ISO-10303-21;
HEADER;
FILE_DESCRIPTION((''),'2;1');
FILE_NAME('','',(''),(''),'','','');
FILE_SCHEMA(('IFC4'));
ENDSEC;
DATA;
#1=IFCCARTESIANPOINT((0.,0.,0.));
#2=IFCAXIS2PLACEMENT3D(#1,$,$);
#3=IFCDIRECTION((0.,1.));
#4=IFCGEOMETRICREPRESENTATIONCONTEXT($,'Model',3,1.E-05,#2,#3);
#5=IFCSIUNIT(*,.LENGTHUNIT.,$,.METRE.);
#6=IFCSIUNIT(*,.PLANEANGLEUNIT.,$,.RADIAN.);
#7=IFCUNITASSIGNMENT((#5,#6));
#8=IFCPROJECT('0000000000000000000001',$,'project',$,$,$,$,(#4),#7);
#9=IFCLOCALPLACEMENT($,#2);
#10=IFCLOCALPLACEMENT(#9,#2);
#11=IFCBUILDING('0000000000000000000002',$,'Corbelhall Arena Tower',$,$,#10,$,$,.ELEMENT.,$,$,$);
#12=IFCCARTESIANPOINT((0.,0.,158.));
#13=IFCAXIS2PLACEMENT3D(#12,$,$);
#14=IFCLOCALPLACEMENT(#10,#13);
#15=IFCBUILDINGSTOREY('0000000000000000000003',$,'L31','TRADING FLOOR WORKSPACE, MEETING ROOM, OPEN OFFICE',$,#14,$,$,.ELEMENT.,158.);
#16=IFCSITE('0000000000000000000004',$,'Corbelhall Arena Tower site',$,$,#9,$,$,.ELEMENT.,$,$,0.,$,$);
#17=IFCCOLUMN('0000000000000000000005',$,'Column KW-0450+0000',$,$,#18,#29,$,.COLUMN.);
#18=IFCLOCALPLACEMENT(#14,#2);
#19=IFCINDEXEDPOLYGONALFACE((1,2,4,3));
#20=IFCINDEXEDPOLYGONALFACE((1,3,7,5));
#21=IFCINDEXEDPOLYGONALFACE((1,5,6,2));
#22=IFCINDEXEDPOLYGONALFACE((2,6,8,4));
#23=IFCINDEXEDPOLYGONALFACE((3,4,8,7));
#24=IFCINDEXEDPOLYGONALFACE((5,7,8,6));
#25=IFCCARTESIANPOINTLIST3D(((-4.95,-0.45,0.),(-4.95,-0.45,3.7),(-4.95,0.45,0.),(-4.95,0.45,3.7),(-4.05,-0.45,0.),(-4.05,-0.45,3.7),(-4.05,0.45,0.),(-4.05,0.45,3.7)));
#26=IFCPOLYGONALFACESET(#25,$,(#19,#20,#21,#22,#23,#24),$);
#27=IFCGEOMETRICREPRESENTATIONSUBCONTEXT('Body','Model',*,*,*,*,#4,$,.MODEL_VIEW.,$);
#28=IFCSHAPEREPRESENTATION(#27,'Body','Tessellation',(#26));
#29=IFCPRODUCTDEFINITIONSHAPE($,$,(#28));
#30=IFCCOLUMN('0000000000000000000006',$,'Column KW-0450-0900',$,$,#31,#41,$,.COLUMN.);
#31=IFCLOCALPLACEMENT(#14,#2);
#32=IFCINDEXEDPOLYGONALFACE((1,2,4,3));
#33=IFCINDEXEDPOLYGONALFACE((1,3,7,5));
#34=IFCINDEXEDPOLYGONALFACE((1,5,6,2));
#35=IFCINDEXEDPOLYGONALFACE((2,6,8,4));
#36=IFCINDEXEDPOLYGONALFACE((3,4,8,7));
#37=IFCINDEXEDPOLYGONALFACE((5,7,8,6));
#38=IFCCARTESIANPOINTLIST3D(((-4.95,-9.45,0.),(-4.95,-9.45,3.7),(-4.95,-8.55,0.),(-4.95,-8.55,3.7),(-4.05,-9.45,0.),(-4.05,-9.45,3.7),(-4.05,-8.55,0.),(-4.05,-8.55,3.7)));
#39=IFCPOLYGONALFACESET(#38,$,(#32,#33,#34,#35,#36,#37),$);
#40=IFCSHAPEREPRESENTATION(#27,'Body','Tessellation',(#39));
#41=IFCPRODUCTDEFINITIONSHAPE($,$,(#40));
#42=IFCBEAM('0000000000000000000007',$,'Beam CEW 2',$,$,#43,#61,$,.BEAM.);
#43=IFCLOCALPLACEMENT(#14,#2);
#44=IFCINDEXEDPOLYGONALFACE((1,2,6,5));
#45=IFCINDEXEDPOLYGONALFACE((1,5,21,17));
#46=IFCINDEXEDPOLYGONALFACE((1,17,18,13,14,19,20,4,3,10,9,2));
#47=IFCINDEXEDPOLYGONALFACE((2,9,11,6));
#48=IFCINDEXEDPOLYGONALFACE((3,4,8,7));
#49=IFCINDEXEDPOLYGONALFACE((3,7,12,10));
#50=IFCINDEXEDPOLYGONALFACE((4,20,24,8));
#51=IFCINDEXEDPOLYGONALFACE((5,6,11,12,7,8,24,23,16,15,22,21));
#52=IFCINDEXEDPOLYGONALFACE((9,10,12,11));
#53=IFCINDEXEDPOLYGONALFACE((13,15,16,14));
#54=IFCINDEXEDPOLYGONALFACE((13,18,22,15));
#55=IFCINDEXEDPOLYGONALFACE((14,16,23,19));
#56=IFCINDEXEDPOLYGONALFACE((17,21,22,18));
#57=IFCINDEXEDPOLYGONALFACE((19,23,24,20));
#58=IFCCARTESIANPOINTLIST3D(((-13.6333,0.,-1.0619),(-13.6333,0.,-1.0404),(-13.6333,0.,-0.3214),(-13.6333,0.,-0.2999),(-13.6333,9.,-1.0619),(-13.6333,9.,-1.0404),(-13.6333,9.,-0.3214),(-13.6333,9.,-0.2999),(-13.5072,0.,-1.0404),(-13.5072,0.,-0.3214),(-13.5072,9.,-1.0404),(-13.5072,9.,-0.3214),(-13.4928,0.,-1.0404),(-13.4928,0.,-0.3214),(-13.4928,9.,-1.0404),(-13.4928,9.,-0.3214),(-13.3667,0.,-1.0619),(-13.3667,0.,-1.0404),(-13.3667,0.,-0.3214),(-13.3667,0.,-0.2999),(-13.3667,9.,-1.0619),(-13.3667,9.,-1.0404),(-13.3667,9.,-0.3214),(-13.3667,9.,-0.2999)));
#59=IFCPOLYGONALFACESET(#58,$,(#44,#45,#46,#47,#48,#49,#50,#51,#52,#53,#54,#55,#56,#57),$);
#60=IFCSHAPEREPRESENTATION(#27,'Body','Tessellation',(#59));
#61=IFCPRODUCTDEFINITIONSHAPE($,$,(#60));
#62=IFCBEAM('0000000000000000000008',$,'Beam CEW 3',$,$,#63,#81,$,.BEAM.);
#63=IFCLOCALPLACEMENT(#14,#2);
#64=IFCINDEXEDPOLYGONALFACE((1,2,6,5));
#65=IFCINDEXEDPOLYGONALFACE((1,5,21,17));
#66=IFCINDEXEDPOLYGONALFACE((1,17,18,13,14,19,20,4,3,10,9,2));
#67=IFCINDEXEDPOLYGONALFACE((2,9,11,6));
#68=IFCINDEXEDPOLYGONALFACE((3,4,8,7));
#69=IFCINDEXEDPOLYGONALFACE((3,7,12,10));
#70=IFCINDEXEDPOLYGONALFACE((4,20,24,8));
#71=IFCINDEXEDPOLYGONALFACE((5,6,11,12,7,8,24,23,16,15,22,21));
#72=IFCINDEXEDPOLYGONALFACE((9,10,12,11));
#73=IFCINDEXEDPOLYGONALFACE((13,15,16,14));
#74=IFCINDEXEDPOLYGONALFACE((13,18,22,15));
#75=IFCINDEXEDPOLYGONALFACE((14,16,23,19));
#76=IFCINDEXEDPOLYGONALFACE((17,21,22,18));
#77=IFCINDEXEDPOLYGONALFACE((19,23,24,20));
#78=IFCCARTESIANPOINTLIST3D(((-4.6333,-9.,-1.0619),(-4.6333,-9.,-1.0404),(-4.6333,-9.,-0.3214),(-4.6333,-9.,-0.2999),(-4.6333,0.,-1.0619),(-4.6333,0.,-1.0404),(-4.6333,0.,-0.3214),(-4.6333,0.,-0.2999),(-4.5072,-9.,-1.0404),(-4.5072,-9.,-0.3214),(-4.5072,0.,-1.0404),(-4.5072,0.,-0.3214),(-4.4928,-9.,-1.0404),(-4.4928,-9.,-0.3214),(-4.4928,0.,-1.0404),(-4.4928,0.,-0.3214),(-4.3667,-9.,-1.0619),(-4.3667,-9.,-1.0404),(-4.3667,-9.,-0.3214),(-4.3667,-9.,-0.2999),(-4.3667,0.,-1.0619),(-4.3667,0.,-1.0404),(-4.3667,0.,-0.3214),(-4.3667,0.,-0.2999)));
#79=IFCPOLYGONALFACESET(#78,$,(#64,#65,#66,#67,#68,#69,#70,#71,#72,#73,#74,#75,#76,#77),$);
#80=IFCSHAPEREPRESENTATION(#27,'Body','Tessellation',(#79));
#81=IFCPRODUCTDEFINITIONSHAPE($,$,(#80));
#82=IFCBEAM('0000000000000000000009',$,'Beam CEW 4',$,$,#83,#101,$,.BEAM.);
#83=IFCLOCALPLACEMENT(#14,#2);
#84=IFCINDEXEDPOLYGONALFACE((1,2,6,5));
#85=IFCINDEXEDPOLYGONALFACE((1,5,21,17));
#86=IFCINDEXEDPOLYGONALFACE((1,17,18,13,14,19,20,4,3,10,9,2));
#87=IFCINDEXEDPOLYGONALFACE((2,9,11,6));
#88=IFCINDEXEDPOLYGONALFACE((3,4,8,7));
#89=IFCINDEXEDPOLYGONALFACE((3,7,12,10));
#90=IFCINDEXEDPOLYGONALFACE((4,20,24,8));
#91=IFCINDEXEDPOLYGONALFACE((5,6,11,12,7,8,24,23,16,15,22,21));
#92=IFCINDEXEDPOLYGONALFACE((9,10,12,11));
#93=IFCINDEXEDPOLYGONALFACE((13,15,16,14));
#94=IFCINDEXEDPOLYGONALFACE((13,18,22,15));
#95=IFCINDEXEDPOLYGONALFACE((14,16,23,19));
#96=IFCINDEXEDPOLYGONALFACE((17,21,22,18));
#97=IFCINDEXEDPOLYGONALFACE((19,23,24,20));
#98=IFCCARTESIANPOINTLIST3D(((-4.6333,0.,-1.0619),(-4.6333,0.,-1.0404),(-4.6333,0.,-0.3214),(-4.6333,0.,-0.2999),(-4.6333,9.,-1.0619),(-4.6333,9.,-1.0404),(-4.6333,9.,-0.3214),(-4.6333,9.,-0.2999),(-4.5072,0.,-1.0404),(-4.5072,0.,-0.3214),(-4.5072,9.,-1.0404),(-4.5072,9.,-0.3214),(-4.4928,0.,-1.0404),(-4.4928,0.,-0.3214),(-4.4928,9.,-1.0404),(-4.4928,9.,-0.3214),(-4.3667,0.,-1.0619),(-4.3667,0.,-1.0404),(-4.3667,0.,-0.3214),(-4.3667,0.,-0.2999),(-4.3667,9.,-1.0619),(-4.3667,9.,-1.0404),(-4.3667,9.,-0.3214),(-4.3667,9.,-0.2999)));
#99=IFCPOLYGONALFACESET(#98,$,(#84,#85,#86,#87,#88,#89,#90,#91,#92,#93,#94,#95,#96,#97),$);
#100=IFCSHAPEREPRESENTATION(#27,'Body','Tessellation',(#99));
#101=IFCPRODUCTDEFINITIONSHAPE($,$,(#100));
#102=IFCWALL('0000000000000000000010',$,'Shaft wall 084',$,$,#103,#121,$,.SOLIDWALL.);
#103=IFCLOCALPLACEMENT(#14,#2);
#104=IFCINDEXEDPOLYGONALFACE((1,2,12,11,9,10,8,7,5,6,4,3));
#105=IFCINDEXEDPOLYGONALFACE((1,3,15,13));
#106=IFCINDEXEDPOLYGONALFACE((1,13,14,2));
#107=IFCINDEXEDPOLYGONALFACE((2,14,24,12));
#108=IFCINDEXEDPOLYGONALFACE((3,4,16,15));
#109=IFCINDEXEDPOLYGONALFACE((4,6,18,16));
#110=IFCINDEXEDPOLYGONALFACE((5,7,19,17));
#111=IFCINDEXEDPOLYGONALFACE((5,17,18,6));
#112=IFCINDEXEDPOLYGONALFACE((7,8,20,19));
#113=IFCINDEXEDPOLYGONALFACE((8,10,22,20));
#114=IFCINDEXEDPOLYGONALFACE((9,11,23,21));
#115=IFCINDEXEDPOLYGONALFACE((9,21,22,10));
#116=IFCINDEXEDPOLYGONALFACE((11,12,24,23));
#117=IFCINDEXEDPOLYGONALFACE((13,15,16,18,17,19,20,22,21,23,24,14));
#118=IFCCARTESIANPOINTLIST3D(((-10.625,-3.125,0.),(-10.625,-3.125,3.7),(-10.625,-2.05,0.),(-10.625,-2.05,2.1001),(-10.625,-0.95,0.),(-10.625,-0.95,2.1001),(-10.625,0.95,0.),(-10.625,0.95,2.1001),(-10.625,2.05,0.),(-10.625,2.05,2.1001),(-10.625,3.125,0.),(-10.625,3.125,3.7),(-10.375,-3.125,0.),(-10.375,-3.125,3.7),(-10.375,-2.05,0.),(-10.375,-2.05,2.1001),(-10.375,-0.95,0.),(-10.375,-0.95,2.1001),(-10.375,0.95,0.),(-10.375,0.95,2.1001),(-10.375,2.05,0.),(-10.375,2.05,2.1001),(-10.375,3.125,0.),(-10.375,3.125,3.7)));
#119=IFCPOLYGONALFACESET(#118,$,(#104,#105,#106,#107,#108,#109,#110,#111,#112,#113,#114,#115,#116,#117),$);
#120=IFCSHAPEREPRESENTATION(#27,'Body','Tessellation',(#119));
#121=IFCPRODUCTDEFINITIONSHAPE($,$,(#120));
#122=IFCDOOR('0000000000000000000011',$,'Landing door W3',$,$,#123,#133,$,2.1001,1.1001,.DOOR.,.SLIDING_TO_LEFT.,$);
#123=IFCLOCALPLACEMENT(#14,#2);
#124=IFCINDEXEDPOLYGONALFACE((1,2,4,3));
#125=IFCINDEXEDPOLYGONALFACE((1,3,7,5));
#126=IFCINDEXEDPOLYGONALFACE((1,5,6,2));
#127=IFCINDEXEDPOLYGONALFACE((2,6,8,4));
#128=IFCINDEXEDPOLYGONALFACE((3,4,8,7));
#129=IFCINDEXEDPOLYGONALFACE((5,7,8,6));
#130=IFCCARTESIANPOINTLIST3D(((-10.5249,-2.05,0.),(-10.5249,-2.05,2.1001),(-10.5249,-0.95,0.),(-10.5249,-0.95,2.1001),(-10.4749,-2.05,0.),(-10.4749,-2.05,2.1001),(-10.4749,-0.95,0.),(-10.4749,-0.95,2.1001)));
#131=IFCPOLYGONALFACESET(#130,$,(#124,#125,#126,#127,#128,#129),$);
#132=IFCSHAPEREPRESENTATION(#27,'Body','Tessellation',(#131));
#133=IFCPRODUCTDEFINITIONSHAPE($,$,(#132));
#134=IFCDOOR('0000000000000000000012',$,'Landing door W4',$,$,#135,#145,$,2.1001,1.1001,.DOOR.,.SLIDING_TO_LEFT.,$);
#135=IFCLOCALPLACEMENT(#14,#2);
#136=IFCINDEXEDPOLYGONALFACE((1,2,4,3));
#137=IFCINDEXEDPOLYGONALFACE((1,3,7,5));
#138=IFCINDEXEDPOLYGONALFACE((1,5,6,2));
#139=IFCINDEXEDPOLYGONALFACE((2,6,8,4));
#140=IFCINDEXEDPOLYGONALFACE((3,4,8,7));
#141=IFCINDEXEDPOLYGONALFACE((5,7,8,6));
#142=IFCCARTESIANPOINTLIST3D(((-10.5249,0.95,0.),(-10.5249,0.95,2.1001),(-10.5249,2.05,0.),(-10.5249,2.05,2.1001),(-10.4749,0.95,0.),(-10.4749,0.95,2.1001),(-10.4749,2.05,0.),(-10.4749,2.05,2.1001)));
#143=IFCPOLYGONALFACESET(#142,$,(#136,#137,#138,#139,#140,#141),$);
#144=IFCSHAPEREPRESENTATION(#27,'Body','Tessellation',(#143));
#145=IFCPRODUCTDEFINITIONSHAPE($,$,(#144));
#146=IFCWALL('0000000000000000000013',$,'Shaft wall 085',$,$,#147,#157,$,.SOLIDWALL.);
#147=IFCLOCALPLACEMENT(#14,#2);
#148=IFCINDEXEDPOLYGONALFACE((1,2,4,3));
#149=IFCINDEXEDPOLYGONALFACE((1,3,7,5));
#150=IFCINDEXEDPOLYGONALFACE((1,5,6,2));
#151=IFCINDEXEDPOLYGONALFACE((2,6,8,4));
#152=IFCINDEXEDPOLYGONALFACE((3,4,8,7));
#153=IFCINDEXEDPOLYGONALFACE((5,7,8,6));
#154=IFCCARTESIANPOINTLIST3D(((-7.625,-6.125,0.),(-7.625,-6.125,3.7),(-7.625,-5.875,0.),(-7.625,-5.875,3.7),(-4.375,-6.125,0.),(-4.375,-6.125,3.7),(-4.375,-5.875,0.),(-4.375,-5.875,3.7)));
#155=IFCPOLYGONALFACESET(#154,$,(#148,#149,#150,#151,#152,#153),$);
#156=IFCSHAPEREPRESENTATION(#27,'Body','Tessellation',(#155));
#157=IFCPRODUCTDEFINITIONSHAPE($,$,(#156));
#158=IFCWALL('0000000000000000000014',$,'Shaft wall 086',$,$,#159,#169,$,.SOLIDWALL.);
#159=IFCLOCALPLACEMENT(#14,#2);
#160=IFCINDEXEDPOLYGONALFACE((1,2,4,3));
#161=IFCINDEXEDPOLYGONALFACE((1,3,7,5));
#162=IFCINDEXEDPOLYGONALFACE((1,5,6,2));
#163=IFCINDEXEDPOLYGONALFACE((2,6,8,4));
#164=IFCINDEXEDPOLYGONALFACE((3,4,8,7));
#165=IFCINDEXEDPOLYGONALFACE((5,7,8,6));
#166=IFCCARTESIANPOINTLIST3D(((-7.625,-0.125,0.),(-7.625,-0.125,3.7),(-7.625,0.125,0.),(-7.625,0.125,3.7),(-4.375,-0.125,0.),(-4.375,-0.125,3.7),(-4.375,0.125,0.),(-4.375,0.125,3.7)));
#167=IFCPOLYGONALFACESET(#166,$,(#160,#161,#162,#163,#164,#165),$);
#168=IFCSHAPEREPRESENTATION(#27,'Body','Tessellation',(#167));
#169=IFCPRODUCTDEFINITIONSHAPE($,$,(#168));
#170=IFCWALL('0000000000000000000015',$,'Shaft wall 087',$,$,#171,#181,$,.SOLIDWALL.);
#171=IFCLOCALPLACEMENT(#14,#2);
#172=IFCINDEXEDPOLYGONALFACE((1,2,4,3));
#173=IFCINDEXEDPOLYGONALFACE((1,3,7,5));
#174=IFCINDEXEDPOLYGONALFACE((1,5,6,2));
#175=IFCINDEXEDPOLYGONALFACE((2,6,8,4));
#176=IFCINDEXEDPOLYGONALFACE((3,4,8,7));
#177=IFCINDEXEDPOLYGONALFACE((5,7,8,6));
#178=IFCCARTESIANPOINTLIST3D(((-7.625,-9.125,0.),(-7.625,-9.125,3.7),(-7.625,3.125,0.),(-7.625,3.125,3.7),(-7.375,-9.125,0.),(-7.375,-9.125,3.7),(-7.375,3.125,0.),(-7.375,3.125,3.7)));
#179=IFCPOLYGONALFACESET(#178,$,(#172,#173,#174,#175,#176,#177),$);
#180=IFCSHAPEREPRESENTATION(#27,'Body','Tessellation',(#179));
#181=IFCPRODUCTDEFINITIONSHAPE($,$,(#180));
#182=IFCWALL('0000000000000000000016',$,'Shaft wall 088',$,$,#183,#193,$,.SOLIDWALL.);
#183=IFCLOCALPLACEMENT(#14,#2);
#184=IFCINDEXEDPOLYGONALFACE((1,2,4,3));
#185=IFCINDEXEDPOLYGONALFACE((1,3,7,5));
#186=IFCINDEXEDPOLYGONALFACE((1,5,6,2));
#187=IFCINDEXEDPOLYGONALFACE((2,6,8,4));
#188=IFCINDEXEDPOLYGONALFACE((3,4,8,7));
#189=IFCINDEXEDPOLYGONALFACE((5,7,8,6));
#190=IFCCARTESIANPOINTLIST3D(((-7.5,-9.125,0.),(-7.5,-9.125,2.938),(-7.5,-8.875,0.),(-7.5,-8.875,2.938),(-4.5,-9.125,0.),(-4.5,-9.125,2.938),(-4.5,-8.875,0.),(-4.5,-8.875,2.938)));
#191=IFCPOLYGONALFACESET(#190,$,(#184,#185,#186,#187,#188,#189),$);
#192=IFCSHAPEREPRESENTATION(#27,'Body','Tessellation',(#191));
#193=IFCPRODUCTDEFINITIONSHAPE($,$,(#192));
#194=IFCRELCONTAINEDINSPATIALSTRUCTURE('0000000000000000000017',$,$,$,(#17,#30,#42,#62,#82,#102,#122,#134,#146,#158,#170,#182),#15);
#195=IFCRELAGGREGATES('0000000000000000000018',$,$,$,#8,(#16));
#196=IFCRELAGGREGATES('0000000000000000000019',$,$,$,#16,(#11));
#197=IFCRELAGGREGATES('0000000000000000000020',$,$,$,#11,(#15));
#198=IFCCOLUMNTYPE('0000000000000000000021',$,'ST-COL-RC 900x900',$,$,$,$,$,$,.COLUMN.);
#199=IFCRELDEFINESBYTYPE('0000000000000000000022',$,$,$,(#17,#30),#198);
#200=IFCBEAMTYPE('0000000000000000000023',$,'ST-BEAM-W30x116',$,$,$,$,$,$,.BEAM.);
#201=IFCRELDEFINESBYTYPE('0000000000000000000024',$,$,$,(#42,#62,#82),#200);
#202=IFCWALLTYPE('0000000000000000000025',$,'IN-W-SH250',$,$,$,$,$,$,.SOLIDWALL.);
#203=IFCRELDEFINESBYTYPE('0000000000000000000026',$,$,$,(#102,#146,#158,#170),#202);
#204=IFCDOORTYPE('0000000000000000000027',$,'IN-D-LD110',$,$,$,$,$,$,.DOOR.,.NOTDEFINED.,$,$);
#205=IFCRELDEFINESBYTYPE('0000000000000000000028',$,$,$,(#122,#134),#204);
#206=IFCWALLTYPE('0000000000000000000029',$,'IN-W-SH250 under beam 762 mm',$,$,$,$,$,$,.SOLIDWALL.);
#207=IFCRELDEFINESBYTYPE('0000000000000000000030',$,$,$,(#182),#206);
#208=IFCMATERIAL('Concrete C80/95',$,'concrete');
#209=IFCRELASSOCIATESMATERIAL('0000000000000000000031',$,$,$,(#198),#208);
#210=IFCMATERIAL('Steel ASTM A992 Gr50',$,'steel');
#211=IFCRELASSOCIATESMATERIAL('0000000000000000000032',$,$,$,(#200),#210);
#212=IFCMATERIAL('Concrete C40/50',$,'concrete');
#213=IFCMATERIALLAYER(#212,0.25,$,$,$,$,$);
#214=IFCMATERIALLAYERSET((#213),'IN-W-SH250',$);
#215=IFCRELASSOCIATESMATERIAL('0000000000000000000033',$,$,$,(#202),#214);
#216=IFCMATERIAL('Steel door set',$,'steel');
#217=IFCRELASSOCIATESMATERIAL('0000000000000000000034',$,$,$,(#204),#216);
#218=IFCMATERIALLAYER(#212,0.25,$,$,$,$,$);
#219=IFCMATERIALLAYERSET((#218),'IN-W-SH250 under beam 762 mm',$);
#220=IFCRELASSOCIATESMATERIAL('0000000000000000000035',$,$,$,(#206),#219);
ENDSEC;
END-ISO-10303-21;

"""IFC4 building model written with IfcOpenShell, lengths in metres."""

from ifc_helpers import new_model, si_unit, direction, frame, frame_2d, origin, origin_2d, place, context, subcontext, project, spatial, rectangle, i_section, extrude, material, layer, layer_set, material_profile, profile_set, type_object, element, fill, save


model = new_model("IFC4")

# Units and contexts
model_context = context("Model", 3, precision=1e-05, world=origin(), true_north=direction((0.0, 1.0)))
body_context = subcontext(model_context, "Body", "Model", "MODEL_VIEW")
ifc_project = project(units=[si_unit("LENGTHUNIT", "METRE"), si_unit("PLANEANGLEUNIT", "RADIAN")], contexts=[model_context])

# Site, building, storey
site_placement = place(None, origin())
site = spatial("IfcSite", under=ifc_project, at=site_placement, Name="Corbelhall Arena Tower site", CompositionType="ELEMENT", RefElevation=0.0)
building_placement = place(site_placement, origin())
building = spatial("IfcBuilding", under=site, at=building_placement, Name="Corbelhall Arena Tower", CompositionType="ELEMENT")
storey_placement = place(building_placement, frame((0.0, 0.0, 158.0)))
storey = spatial("IfcBuildingStorey", under=building, at=storey_placement, Name="L31", Description="TRADING FLOOR WORKSPACE, MEETING ROOM, OPEN OFFICE", CompositionType="ELEMENT", Elevation=158.0)

# Columns
ifc_material_1 = material(Name="Concrete C80/95", Category="concrete")
ifc_material_profile_1 = material_profile(ifc_material_1, rectangle(XDim=0.8999, YDim=0.8999, at=origin_2d()))
ifc_profile_set_1 = profile_set([ifc_material_profile_1], Name="Concrete C80/95")
column_type = type_object("IfcColumnType", Name="ST-COL-RC 900x900", PredefinedType="COLUMN", material=ifc_profile_set_1)
for number, where, z_axis, x_axis, name in (
    (1, (-4.5, 0.0, 0.0), (0.0, 0.0, 1.0), (1.0, 0.0, 0.0), "Column KW-0450+0000"),
    (2, (-4.5, -9.0, 0.0), (0.0, 0.0, 1.0), (1.0, 0.0, 0.0), "Column KW-0450-0900"),
):
    element("IfcColumn", number, at=place(storey_placement, frame(where, z_axis=z_axis, x_axis=x_axis)), inside=storey, type_object=column_type, Name=name, PredefinedType="COLUMN", context=body_context, shape_type="SweptSolid", body=[
        extrude(rectangle(XDim=0.8999, YDim=0.8999, at=origin_2d()), origin(), (0.0, 0.0, 1.0), 3.7),
    ])

# Beams
ifc_material_2 = material(Name="Steel ASTM A992 Gr50", Category="steel")
ifc_material_profile_2 = material_profile(ifc_material_2, i_section(OverallWidth=0.2666, OverallDepth=0.762, WebThickness=0.0144, FlangeThickness=0.0215, at=origin_2d()))
ifc_profile_set_2 = profile_set([ifc_material_profile_2], Name="Steel ASTM A992 Gr50")
beam_type = type_object("IfcBeamType", Name="ST-BEAM-W30x116", PredefinedType="BEAM", material=ifc_profile_set_2)
for number, where, z_axis, x_axis, name in (
    (3, (-13.5, 0.0, -0.6809), (0.0, 1.0, 0.0), (-1.0, 0.0, 0.0), "Beam CEW 2"),
    (4, (-4.5, -9.0, -0.6809), (0.0, 1.0, 0.0), (-1.0, 0.0, 0.0), "Beam CEW 3"),
    (5, (-4.5, 0.0, -0.6809), (0.0, 1.0, 0.0), (-1.0, 0.0, 0.0), "Beam CEW 4"),
):
    element("IfcBeam", number, at=place(storey_placement, frame(where, z_axis=z_axis, x_axis=x_axis)), inside=storey, type_object=beam_type, Name=name, PredefinedType="BEAM", context=body_context, shape_type="SweptSolid", body=[
        extrude(i_section(OverallWidth=0.2666, OverallDepth=0.762, WebThickness=0.0144, FlangeThickness=0.0215, at=origin_2d()), origin(), (0.0, 0.0, 1.0), 9.0),
    ])

# Wall, openings, doors
ifc_material_3 = material(Name="Concrete C40/50", Category="concrete")
ifc_layer_1 = layer(ifc_material_3, 0.25)
ifc_layer_set_1 = layer_set([ifc_layer_1], Name="IN-W-SH250")
wall_type_1 = type_object("IfcWallType", Name="IN-W-SH250", PredefinedType="SOLIDWALL", material=ifc_layer_set_1)
wall_1_placement = place(storey_placement, frame((-10.5, -3.125, 0.0), z_axis=(0.0, 0.0, 1.0), x_axis=(0.0, 1.0, 0.0)))
wall_1 = element("IfcWall", 6, at=wall_1_placement, inside=storey, type_object=wall_type_1, Name="Shaft wall 084", PredefinedType="SOLIDWALL", context=body_context, shape_type="SweptSolid", body=[
    extrude(rectangle(XDim=6.25, YDim=0.25, at=frame_2d((3.125, 0.0))), origin(), (0.0, 0.0, 1.0), 3.7),
])
opening_1_placement = place(wall_1_placement, frame((1.075, 0.0, 0.0)))
opening_1 = element("IfcOpeningElement", 7, at=opening_1_placement, cuts=wall_1, PredefinedType="OPENING", context=body_context, shape_type="SweptSolid", body=[
    extrude(rectangle(XDim=1.1001, YDim=2.1001, at=frame_2d((0.55, 1.05))), frame((0.0, 0.125, 0.0), z_axis=(0.0, -1.0, 0.0), x_axis=(1.0, 0.0, 0.0)), (0.0, 0.0, 1.0), 0.25),
])
opening_2_placement = place(wall_1_placement, frame((4.075, 0.0, 0.0)))
opening_2 = element("IfcOpeningElement", 8, at=opening_2_placement, cuts=wall_1, PredefinedType="OPENING", context=body_context, shape_type="SweptSolid", body=[
    extrude(rectangle(XDim=1.1001, YDim=2.1001, at=frame_2d((0.55, 1.05))), frame((0.0, 0.125, 0.0), z_axis=(0.0, -1.0, 0.0), x_axis=(1.0, 0.0, 0.0)), (0.0, 0.0, 1.0), 0.25),
])
ifc_material_4 = material(Name="Steel door set", Category="steel")
door_type_1 = type_object("IfcDoorType", Name="IN-D-LD110", OperationType="NOTDEFINED", PredefinedType="DOOR", material=ifc_material_4)
door_1_placement = place(opening_1_placement, origin())
door_1 = element("IfcDoor", 9, at=door_1_placement, inside=storey, type_object=door_type_1, Name="Landing door W3", OperationType="SLIDING_TO_LEFT", OverallHeight=2.1001, OverallWidth=1.1001, PredefinedType="DOOR", context=body_context, shape_type="SweptSolid", body=[
    extrude(rectangle(XDim=1.1001, YDim=2.1001, at=frame_2d((0.55, 1.05))), frame((0.0, 0.0249, 0.0), z_axis=(0.0, -1.0, 0.0), x_axis=(1.0, 0.0, 0.0)), (0.0, 0.0, 1.0), 0.05),
])
fill(opening_1, door_1)
door_2_placement = place(opening_2_placement, origin())
door_2 = element("IfcDoor", 10, at=door_2_placement, inside=storey, type_object=door_type_1, Name="Landing door W4", OperationType="SLIDING_TO_LEFT", OverallHeight=2.1001, OverallWidth=1.1001, PredefinedType="DOOR", context=body_context, shape_type="SweptSolid", body=[
    extrude(rectangle(XDim=1.1001, YDim=2.1001, at=frame_2d((0.55, 1.05))), frame((0.0, 0.0249, 0.0), z_axis=(0.0, -1.0, 0.0), x_axis=(1.0, 0.0, 0.0)), (0.0, 0.0, 1.0), 0.05),
])
fill(opening_2, door_2)

# Walls
for number, where, z_axis, x_axis, name in (
    (11, (-7.625, -6.0, 0.0), (0.0, 0.0, 1.0), (1.0, 0.0, 0.0), "Shaft wall 085"),
    (12, (-7.625, 0.0, 0.0), (0.0, 0.0, 1.0), (1.0, 0.0, 0.0), "Shaft wall 086"),
):
    element("IfcWall", number, at=place(storey_placement, frame(where, z_axis=z_axis, x_axis=x_axis)), inside=storey, type_object=wall_type_1, Name=name, PredefinedType="SOLIDWALL", context=body_context, shape_type="SweptSolid", body=[
        extrude(rectangle(XDim=3.25, YDim=0.25, at=frame_2d((1.625, 0.0))), origin(), (0.0, 0.0, 1.0), 3.7),
    ])
wall_2_placement = place(storey_placement, frame((-7.5, -9.125, 0.0), z_axis=(0.0, 0.0, 1.0), x_axis=(0.0, 1.0, 0.0)))
element("IfcWall", 13, at=wall_2_placement, inside=storey, type_object=wall_type_1, Name="Shaft wall 087", PredefinedType="SOLIDWALL", context=body_context, shape_type="SweptSolid", body=[
    extrude(rectangle(XDim=12.25, YDim=0.25, at=frame_2d((6.125, 0.0))), origin(), (0.0, 0.0, 1.0), 3.7),
])
ifc_layer_2 = layer(ifc_material_3, 0.25)
ifc_layer_set_2 = layer_set([ifc_layer_2], Name="IN-W-SH250 under beam 762 mm")
wall_type_2 = type_object("IfcWallType", Name="IN-W-SH250 under beam 762 mm", PredefinedType="SOLIDWALL", material=ifc_layer_set_2)
wall_3_placement = place(storey_placement, frame((-4.5, -9.0, 0.0), z_axis=(0.0, 0.0, 1.0), x_axis=(-1.0, 0.0, 0.0)))
element("IfcWall", 14, at=wall_3_placement, inside=storey, type_object=wall_type_2, Name="Shaft wall 088", PredefinedType="SOLIDWALL", context=body_context, shape_type="SweptSolid", body=[
    extrude(rectangle(XDim=3.0, YDim=0.25, at=frame_2d((1.5, 0.0))), origin(), (0.0, 0.0, 1.0), 2.938),
])

save(model, "model.ifc")
